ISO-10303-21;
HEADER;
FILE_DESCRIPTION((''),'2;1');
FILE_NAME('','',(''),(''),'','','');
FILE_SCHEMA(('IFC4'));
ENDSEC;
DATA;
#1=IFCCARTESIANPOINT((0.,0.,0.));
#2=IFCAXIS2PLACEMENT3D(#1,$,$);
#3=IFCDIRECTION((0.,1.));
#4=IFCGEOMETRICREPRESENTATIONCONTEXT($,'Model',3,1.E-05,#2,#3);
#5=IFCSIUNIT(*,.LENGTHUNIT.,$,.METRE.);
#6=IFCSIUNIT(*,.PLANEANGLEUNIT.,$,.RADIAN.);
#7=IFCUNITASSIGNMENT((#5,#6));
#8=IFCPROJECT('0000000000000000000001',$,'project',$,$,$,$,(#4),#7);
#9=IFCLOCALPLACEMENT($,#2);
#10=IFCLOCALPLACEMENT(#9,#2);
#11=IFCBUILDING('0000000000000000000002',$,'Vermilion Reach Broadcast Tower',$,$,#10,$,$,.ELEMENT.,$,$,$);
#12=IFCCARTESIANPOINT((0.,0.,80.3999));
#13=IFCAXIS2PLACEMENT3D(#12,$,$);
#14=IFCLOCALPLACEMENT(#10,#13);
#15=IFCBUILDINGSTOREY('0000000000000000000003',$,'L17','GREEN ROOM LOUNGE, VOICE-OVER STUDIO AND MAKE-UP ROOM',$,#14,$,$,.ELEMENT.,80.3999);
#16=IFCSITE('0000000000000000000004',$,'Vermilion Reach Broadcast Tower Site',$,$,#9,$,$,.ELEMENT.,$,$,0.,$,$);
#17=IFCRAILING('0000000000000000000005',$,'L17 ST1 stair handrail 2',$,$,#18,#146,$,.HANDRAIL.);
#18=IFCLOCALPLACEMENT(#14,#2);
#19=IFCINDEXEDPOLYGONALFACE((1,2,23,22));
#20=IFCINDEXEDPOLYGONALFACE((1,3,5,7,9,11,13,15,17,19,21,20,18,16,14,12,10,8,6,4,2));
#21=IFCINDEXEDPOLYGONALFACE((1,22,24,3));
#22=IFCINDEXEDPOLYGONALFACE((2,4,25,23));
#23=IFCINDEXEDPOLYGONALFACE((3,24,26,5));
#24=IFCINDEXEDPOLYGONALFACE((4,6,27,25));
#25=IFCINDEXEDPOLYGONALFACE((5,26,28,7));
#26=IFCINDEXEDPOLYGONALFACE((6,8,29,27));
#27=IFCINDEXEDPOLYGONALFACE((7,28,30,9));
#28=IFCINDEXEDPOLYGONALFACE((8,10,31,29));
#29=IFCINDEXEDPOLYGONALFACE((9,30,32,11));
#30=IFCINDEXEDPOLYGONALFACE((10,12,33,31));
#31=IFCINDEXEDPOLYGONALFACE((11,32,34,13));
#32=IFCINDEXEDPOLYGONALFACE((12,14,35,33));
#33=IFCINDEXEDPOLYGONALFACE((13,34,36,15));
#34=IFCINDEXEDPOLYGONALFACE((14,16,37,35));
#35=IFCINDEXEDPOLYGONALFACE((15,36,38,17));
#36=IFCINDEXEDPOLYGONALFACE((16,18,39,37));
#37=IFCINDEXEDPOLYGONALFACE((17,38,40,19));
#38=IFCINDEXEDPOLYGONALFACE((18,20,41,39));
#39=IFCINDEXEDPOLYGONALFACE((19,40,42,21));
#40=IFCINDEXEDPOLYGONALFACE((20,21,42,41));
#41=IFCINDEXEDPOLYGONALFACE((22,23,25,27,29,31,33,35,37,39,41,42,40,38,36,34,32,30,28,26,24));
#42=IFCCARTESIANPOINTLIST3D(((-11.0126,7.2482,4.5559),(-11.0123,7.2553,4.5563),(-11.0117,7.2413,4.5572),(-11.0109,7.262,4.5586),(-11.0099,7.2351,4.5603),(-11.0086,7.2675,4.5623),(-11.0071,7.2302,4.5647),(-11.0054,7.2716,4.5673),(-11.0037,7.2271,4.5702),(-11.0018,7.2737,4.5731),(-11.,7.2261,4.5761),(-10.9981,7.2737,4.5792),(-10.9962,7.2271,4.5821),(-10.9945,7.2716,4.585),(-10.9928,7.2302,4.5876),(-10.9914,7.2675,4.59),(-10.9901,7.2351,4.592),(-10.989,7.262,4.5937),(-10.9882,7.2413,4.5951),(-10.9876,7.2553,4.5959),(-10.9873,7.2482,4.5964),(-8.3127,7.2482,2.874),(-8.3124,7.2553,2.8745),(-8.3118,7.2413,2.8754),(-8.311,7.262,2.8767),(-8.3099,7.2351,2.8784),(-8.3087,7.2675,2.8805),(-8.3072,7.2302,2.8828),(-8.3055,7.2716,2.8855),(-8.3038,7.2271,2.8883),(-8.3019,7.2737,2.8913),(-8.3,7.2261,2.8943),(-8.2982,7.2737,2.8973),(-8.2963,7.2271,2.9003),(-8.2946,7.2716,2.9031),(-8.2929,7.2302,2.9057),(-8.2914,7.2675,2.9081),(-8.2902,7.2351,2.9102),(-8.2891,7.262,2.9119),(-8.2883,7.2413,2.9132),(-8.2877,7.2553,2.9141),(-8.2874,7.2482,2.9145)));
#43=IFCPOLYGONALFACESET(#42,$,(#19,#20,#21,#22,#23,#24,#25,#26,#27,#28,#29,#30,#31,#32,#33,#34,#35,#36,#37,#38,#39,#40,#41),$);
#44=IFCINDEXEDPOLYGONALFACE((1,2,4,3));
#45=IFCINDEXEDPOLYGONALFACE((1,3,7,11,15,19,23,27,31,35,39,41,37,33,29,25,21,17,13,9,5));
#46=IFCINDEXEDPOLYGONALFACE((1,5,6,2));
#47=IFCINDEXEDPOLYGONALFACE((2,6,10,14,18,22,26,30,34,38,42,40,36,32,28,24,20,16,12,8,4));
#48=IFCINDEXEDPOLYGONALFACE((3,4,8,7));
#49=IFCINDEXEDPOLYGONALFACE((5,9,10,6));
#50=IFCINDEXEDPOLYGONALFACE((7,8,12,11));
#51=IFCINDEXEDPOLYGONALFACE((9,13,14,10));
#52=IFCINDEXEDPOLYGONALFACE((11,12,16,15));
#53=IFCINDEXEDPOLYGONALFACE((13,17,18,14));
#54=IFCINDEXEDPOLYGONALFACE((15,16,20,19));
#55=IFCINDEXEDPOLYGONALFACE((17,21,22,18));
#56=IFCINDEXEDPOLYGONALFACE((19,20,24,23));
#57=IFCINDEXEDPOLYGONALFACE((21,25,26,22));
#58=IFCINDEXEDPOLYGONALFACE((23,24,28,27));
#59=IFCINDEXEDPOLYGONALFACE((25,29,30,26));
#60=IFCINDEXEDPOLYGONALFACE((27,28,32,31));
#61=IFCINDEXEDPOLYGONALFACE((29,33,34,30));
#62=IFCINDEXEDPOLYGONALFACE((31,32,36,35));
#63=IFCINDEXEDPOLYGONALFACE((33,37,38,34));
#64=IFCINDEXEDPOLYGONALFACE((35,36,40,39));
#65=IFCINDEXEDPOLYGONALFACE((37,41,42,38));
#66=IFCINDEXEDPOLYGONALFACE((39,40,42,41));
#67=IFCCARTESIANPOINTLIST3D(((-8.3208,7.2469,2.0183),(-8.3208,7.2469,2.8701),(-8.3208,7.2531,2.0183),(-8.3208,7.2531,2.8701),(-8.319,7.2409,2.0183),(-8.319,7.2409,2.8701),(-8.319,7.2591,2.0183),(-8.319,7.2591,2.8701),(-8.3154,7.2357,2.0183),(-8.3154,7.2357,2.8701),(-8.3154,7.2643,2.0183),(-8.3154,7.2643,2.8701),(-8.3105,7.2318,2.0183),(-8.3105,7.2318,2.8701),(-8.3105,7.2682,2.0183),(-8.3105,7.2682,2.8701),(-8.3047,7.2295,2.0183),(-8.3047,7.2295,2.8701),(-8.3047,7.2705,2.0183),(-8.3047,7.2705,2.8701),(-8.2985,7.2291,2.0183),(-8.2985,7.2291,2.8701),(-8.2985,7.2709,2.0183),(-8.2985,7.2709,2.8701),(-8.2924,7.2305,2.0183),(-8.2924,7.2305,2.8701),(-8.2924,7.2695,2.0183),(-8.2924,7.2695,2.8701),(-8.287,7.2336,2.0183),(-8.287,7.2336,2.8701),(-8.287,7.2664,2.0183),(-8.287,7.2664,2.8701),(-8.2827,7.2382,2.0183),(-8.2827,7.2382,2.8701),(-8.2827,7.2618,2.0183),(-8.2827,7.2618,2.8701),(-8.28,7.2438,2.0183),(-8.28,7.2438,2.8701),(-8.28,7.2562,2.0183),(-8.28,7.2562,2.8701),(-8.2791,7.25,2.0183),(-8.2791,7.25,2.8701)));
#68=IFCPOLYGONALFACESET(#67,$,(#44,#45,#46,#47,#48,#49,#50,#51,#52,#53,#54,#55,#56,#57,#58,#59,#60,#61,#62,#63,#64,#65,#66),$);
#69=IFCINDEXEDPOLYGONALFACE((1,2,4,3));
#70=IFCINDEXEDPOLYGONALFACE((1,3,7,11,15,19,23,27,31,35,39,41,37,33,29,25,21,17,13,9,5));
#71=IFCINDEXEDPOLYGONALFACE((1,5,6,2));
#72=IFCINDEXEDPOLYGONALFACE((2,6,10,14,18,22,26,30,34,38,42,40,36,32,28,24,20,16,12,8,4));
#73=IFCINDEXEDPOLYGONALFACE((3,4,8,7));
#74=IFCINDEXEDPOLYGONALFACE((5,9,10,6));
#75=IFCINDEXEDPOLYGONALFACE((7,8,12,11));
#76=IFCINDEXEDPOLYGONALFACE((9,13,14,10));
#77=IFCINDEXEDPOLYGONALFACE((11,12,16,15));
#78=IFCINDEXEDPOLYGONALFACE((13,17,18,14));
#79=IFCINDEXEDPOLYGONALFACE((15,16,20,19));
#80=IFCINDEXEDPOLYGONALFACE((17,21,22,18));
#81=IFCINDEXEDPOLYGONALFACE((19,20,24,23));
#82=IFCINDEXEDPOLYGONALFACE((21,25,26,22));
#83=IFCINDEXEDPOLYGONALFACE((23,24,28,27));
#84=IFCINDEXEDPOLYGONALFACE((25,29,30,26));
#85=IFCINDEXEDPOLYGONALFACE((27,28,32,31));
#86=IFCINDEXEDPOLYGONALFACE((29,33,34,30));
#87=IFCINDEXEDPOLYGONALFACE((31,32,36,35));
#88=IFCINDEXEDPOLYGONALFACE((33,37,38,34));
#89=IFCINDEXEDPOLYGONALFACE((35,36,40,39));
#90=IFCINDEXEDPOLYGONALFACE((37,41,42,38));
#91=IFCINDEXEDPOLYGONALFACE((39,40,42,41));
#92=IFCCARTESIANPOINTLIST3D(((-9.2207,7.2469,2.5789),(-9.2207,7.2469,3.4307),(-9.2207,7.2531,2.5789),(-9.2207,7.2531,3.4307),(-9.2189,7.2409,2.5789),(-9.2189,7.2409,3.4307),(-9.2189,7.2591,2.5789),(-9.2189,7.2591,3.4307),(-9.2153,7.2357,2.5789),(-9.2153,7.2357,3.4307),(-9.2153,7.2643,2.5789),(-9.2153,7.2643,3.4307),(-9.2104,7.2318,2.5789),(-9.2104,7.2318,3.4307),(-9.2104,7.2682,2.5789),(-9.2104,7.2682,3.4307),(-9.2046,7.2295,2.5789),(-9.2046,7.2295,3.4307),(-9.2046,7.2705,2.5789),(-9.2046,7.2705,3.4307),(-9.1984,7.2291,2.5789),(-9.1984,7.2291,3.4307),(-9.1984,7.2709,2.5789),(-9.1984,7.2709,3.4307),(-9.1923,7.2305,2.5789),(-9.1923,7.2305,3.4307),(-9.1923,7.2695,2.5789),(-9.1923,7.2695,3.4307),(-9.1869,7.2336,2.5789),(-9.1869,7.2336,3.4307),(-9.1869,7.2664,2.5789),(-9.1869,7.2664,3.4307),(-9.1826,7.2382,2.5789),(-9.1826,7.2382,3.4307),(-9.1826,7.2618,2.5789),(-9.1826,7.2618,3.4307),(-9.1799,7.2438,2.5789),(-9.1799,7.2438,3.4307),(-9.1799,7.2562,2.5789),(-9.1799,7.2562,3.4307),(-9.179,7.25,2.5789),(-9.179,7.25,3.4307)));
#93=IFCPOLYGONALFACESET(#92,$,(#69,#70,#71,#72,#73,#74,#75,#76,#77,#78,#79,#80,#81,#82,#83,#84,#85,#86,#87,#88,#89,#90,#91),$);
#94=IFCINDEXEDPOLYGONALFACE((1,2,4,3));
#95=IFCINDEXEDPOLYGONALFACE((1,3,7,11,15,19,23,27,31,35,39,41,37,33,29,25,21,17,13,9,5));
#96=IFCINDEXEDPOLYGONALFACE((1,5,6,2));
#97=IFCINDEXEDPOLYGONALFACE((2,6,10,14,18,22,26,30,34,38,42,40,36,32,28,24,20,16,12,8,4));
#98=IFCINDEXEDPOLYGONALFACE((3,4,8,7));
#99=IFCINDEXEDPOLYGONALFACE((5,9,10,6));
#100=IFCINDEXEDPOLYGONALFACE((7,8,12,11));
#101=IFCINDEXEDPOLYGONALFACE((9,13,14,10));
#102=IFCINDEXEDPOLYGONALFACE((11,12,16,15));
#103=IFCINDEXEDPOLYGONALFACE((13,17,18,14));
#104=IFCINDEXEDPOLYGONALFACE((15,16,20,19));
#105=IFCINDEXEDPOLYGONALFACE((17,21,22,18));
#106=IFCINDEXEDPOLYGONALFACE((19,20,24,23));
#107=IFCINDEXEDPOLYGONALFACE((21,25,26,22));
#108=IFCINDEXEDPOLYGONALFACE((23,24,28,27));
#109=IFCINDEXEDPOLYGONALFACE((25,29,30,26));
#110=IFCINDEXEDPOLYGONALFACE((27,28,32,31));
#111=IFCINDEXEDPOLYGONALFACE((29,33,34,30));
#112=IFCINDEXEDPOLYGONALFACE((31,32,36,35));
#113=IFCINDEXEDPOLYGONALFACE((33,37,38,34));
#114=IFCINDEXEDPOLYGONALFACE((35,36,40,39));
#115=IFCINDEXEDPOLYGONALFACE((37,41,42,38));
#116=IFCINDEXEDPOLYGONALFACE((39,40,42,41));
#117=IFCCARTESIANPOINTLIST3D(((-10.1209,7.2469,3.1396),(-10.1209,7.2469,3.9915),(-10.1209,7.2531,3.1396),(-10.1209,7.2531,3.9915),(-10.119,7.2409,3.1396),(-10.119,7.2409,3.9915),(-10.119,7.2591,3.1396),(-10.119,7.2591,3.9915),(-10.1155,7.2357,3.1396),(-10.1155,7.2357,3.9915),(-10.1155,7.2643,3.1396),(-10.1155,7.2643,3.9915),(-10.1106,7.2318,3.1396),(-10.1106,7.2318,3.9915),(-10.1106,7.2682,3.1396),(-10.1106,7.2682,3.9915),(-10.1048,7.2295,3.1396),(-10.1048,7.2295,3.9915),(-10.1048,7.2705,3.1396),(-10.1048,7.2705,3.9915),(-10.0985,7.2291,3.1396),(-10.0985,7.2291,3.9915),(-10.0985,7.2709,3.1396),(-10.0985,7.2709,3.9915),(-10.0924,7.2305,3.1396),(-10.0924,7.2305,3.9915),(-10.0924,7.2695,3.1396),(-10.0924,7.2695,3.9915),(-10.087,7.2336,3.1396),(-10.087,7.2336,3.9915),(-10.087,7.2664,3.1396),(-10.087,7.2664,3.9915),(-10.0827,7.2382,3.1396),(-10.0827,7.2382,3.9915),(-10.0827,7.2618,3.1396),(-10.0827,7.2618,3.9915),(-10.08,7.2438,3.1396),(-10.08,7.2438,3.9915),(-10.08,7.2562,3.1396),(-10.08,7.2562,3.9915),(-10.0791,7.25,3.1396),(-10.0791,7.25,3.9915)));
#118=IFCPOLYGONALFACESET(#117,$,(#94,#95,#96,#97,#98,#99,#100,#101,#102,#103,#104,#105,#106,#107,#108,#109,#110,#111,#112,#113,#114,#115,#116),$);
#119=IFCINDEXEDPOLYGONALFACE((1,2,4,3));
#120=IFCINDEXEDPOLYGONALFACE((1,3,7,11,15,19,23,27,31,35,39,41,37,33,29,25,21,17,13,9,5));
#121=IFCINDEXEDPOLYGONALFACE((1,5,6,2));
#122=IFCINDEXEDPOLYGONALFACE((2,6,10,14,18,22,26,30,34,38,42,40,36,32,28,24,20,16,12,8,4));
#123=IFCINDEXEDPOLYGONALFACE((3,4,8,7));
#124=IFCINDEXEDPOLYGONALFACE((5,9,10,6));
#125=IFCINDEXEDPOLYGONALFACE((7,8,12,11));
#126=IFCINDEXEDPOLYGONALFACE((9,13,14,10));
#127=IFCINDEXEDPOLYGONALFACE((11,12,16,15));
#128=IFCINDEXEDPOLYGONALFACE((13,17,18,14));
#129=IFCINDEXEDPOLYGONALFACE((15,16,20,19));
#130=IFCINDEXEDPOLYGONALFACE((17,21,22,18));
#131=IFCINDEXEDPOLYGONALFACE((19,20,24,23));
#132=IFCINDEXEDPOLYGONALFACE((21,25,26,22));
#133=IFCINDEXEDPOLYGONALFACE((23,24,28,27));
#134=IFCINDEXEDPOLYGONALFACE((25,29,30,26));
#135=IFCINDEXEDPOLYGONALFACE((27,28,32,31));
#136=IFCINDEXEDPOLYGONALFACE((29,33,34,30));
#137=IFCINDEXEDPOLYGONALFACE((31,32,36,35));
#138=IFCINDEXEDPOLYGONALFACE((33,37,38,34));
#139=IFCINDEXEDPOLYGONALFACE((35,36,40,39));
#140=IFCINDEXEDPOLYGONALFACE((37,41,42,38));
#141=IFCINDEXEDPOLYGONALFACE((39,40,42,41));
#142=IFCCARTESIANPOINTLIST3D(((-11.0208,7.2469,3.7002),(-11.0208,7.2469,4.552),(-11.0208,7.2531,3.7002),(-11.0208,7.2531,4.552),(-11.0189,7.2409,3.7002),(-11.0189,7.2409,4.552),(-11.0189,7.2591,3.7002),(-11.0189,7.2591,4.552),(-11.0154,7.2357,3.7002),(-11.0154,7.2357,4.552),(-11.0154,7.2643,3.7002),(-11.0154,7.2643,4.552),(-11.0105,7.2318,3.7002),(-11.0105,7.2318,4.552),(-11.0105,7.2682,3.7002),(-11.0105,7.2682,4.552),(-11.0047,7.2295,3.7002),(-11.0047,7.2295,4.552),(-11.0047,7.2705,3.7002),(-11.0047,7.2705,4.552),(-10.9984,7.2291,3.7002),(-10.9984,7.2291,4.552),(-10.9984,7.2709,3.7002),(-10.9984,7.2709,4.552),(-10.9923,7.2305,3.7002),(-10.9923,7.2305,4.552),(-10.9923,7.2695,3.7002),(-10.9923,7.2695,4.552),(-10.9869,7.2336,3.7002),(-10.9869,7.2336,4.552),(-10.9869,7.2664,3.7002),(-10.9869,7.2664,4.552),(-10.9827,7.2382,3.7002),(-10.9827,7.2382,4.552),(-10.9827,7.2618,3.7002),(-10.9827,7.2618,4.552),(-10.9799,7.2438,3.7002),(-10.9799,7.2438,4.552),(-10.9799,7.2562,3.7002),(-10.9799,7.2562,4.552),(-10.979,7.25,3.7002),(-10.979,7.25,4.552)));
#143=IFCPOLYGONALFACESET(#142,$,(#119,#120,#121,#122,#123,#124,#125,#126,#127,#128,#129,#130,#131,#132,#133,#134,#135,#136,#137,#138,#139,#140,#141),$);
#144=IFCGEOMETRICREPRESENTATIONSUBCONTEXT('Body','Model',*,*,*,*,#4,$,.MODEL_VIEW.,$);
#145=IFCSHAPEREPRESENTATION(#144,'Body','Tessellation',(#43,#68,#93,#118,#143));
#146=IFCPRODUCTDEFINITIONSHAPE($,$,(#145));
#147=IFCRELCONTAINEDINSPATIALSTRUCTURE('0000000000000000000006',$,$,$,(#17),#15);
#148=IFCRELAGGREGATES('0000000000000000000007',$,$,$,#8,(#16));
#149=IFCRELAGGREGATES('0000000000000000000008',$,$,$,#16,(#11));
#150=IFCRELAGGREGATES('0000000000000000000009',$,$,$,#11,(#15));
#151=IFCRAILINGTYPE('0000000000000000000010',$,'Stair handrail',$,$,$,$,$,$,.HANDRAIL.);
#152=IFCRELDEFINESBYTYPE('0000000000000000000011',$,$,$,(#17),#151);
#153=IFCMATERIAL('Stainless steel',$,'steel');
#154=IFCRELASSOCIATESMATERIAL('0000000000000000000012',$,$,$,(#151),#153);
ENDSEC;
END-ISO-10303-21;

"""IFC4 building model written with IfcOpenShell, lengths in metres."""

from ifc_helpers import new_model, si_unit, direction, frame, origin, origin_2d, place, context, subcontext, project, spatial, circle, extrude, material, type_object, element, save


model = new_model("IFC4")

# Units and contexts
model_context = context("Model", 3, precision=1e-05, world=origin(), true_north=direction((0.0, 1.0)))
body_context = subcontext(model_context, "Body", "Model", "MODEL_VIEW")
ifc_project = project(units=[si_unit("LENGTHUNIT", "METRE"), si_unit("PLANEANGLEUNIT", "RADIAN")], contexts=[model_context])

# Site, building, storey
site_placement = place(None, origin())
site = spatial("IfcSite", under=ifc_project, at=site_placement, Name="Vermilion Reach Broadcast Tower Site", CompositionType="ELEMENT", RefElevation=0.0)
building_placement = place(site_placement, origin())
building = spatial("IfcBuilding", under=site, at=building_placement, Name="Vermilion Reach Broadcast Tower", CompositionType="ELEMENT")
storey_placement = place(building_placement, frame((0.0, 0.0, 80.3999)))
storey = spatial("IfcBuildingStorey", under=building, at=storey_placement, Name="L17", Description="GREEN ROOM LOUNGE, VOICE-OVER STUDIO AND MAKE-UP ROOM", CompositionType="ELEMENT", Elevation=80.3999)

# Railing
ifc_material_1 = material(Name="Stainless steel", Category="steel")
railing_type_1 = type_object("IfcRailingType", Name="Stair handrail", PredefinedType="HANDRAIL", material=ifc_material_1)
railing_1_placement = place(storey_placement, frame((-8.3, 7.25, 2.0183)))
element("IfcRailing", 1, at=railing_1_placement, inside=storey, type_object=railing_type_1, Name="L17 ST1 stair handrail 2", PredefinedType="HANDRAIL", context=body_context, shape_type="SweptSolid", body=[
    extrude(circle(Radius=0.0239, at=origin_2d()), frame((0.0, 0.0, 0.876), z_axis=(-0.848786, 0.0, 0.528736), x_axis=(0.0, -1.0, 0.0)), (0.0, 0.0, 1.0), 3.1809),
    extrude(circle(Radius=0.021, at=origin_2d()), origin(), (0.0, 0.0, 1.0), 0.8518),
    extrude(circle(Radius=0.021, at=origin_2d()), frame((-0.8999, 0.0, 0.5605)), (0.0, 0.0, 1.0), 0.8518),
    extrude(circle(Radius=0.021, at=origin_2d()), frame((-1.8, 0.0, 1.1213)), (0.0, 0.0, 1.0), 0.8518),
    extrude(circle(Radius=0.021, at=origin_2d()), frame((-2.7, 0.0, 1.6819)), (0.0, 0.0, 1.0), 0.8518),
])

save(model, "model.ifc")
